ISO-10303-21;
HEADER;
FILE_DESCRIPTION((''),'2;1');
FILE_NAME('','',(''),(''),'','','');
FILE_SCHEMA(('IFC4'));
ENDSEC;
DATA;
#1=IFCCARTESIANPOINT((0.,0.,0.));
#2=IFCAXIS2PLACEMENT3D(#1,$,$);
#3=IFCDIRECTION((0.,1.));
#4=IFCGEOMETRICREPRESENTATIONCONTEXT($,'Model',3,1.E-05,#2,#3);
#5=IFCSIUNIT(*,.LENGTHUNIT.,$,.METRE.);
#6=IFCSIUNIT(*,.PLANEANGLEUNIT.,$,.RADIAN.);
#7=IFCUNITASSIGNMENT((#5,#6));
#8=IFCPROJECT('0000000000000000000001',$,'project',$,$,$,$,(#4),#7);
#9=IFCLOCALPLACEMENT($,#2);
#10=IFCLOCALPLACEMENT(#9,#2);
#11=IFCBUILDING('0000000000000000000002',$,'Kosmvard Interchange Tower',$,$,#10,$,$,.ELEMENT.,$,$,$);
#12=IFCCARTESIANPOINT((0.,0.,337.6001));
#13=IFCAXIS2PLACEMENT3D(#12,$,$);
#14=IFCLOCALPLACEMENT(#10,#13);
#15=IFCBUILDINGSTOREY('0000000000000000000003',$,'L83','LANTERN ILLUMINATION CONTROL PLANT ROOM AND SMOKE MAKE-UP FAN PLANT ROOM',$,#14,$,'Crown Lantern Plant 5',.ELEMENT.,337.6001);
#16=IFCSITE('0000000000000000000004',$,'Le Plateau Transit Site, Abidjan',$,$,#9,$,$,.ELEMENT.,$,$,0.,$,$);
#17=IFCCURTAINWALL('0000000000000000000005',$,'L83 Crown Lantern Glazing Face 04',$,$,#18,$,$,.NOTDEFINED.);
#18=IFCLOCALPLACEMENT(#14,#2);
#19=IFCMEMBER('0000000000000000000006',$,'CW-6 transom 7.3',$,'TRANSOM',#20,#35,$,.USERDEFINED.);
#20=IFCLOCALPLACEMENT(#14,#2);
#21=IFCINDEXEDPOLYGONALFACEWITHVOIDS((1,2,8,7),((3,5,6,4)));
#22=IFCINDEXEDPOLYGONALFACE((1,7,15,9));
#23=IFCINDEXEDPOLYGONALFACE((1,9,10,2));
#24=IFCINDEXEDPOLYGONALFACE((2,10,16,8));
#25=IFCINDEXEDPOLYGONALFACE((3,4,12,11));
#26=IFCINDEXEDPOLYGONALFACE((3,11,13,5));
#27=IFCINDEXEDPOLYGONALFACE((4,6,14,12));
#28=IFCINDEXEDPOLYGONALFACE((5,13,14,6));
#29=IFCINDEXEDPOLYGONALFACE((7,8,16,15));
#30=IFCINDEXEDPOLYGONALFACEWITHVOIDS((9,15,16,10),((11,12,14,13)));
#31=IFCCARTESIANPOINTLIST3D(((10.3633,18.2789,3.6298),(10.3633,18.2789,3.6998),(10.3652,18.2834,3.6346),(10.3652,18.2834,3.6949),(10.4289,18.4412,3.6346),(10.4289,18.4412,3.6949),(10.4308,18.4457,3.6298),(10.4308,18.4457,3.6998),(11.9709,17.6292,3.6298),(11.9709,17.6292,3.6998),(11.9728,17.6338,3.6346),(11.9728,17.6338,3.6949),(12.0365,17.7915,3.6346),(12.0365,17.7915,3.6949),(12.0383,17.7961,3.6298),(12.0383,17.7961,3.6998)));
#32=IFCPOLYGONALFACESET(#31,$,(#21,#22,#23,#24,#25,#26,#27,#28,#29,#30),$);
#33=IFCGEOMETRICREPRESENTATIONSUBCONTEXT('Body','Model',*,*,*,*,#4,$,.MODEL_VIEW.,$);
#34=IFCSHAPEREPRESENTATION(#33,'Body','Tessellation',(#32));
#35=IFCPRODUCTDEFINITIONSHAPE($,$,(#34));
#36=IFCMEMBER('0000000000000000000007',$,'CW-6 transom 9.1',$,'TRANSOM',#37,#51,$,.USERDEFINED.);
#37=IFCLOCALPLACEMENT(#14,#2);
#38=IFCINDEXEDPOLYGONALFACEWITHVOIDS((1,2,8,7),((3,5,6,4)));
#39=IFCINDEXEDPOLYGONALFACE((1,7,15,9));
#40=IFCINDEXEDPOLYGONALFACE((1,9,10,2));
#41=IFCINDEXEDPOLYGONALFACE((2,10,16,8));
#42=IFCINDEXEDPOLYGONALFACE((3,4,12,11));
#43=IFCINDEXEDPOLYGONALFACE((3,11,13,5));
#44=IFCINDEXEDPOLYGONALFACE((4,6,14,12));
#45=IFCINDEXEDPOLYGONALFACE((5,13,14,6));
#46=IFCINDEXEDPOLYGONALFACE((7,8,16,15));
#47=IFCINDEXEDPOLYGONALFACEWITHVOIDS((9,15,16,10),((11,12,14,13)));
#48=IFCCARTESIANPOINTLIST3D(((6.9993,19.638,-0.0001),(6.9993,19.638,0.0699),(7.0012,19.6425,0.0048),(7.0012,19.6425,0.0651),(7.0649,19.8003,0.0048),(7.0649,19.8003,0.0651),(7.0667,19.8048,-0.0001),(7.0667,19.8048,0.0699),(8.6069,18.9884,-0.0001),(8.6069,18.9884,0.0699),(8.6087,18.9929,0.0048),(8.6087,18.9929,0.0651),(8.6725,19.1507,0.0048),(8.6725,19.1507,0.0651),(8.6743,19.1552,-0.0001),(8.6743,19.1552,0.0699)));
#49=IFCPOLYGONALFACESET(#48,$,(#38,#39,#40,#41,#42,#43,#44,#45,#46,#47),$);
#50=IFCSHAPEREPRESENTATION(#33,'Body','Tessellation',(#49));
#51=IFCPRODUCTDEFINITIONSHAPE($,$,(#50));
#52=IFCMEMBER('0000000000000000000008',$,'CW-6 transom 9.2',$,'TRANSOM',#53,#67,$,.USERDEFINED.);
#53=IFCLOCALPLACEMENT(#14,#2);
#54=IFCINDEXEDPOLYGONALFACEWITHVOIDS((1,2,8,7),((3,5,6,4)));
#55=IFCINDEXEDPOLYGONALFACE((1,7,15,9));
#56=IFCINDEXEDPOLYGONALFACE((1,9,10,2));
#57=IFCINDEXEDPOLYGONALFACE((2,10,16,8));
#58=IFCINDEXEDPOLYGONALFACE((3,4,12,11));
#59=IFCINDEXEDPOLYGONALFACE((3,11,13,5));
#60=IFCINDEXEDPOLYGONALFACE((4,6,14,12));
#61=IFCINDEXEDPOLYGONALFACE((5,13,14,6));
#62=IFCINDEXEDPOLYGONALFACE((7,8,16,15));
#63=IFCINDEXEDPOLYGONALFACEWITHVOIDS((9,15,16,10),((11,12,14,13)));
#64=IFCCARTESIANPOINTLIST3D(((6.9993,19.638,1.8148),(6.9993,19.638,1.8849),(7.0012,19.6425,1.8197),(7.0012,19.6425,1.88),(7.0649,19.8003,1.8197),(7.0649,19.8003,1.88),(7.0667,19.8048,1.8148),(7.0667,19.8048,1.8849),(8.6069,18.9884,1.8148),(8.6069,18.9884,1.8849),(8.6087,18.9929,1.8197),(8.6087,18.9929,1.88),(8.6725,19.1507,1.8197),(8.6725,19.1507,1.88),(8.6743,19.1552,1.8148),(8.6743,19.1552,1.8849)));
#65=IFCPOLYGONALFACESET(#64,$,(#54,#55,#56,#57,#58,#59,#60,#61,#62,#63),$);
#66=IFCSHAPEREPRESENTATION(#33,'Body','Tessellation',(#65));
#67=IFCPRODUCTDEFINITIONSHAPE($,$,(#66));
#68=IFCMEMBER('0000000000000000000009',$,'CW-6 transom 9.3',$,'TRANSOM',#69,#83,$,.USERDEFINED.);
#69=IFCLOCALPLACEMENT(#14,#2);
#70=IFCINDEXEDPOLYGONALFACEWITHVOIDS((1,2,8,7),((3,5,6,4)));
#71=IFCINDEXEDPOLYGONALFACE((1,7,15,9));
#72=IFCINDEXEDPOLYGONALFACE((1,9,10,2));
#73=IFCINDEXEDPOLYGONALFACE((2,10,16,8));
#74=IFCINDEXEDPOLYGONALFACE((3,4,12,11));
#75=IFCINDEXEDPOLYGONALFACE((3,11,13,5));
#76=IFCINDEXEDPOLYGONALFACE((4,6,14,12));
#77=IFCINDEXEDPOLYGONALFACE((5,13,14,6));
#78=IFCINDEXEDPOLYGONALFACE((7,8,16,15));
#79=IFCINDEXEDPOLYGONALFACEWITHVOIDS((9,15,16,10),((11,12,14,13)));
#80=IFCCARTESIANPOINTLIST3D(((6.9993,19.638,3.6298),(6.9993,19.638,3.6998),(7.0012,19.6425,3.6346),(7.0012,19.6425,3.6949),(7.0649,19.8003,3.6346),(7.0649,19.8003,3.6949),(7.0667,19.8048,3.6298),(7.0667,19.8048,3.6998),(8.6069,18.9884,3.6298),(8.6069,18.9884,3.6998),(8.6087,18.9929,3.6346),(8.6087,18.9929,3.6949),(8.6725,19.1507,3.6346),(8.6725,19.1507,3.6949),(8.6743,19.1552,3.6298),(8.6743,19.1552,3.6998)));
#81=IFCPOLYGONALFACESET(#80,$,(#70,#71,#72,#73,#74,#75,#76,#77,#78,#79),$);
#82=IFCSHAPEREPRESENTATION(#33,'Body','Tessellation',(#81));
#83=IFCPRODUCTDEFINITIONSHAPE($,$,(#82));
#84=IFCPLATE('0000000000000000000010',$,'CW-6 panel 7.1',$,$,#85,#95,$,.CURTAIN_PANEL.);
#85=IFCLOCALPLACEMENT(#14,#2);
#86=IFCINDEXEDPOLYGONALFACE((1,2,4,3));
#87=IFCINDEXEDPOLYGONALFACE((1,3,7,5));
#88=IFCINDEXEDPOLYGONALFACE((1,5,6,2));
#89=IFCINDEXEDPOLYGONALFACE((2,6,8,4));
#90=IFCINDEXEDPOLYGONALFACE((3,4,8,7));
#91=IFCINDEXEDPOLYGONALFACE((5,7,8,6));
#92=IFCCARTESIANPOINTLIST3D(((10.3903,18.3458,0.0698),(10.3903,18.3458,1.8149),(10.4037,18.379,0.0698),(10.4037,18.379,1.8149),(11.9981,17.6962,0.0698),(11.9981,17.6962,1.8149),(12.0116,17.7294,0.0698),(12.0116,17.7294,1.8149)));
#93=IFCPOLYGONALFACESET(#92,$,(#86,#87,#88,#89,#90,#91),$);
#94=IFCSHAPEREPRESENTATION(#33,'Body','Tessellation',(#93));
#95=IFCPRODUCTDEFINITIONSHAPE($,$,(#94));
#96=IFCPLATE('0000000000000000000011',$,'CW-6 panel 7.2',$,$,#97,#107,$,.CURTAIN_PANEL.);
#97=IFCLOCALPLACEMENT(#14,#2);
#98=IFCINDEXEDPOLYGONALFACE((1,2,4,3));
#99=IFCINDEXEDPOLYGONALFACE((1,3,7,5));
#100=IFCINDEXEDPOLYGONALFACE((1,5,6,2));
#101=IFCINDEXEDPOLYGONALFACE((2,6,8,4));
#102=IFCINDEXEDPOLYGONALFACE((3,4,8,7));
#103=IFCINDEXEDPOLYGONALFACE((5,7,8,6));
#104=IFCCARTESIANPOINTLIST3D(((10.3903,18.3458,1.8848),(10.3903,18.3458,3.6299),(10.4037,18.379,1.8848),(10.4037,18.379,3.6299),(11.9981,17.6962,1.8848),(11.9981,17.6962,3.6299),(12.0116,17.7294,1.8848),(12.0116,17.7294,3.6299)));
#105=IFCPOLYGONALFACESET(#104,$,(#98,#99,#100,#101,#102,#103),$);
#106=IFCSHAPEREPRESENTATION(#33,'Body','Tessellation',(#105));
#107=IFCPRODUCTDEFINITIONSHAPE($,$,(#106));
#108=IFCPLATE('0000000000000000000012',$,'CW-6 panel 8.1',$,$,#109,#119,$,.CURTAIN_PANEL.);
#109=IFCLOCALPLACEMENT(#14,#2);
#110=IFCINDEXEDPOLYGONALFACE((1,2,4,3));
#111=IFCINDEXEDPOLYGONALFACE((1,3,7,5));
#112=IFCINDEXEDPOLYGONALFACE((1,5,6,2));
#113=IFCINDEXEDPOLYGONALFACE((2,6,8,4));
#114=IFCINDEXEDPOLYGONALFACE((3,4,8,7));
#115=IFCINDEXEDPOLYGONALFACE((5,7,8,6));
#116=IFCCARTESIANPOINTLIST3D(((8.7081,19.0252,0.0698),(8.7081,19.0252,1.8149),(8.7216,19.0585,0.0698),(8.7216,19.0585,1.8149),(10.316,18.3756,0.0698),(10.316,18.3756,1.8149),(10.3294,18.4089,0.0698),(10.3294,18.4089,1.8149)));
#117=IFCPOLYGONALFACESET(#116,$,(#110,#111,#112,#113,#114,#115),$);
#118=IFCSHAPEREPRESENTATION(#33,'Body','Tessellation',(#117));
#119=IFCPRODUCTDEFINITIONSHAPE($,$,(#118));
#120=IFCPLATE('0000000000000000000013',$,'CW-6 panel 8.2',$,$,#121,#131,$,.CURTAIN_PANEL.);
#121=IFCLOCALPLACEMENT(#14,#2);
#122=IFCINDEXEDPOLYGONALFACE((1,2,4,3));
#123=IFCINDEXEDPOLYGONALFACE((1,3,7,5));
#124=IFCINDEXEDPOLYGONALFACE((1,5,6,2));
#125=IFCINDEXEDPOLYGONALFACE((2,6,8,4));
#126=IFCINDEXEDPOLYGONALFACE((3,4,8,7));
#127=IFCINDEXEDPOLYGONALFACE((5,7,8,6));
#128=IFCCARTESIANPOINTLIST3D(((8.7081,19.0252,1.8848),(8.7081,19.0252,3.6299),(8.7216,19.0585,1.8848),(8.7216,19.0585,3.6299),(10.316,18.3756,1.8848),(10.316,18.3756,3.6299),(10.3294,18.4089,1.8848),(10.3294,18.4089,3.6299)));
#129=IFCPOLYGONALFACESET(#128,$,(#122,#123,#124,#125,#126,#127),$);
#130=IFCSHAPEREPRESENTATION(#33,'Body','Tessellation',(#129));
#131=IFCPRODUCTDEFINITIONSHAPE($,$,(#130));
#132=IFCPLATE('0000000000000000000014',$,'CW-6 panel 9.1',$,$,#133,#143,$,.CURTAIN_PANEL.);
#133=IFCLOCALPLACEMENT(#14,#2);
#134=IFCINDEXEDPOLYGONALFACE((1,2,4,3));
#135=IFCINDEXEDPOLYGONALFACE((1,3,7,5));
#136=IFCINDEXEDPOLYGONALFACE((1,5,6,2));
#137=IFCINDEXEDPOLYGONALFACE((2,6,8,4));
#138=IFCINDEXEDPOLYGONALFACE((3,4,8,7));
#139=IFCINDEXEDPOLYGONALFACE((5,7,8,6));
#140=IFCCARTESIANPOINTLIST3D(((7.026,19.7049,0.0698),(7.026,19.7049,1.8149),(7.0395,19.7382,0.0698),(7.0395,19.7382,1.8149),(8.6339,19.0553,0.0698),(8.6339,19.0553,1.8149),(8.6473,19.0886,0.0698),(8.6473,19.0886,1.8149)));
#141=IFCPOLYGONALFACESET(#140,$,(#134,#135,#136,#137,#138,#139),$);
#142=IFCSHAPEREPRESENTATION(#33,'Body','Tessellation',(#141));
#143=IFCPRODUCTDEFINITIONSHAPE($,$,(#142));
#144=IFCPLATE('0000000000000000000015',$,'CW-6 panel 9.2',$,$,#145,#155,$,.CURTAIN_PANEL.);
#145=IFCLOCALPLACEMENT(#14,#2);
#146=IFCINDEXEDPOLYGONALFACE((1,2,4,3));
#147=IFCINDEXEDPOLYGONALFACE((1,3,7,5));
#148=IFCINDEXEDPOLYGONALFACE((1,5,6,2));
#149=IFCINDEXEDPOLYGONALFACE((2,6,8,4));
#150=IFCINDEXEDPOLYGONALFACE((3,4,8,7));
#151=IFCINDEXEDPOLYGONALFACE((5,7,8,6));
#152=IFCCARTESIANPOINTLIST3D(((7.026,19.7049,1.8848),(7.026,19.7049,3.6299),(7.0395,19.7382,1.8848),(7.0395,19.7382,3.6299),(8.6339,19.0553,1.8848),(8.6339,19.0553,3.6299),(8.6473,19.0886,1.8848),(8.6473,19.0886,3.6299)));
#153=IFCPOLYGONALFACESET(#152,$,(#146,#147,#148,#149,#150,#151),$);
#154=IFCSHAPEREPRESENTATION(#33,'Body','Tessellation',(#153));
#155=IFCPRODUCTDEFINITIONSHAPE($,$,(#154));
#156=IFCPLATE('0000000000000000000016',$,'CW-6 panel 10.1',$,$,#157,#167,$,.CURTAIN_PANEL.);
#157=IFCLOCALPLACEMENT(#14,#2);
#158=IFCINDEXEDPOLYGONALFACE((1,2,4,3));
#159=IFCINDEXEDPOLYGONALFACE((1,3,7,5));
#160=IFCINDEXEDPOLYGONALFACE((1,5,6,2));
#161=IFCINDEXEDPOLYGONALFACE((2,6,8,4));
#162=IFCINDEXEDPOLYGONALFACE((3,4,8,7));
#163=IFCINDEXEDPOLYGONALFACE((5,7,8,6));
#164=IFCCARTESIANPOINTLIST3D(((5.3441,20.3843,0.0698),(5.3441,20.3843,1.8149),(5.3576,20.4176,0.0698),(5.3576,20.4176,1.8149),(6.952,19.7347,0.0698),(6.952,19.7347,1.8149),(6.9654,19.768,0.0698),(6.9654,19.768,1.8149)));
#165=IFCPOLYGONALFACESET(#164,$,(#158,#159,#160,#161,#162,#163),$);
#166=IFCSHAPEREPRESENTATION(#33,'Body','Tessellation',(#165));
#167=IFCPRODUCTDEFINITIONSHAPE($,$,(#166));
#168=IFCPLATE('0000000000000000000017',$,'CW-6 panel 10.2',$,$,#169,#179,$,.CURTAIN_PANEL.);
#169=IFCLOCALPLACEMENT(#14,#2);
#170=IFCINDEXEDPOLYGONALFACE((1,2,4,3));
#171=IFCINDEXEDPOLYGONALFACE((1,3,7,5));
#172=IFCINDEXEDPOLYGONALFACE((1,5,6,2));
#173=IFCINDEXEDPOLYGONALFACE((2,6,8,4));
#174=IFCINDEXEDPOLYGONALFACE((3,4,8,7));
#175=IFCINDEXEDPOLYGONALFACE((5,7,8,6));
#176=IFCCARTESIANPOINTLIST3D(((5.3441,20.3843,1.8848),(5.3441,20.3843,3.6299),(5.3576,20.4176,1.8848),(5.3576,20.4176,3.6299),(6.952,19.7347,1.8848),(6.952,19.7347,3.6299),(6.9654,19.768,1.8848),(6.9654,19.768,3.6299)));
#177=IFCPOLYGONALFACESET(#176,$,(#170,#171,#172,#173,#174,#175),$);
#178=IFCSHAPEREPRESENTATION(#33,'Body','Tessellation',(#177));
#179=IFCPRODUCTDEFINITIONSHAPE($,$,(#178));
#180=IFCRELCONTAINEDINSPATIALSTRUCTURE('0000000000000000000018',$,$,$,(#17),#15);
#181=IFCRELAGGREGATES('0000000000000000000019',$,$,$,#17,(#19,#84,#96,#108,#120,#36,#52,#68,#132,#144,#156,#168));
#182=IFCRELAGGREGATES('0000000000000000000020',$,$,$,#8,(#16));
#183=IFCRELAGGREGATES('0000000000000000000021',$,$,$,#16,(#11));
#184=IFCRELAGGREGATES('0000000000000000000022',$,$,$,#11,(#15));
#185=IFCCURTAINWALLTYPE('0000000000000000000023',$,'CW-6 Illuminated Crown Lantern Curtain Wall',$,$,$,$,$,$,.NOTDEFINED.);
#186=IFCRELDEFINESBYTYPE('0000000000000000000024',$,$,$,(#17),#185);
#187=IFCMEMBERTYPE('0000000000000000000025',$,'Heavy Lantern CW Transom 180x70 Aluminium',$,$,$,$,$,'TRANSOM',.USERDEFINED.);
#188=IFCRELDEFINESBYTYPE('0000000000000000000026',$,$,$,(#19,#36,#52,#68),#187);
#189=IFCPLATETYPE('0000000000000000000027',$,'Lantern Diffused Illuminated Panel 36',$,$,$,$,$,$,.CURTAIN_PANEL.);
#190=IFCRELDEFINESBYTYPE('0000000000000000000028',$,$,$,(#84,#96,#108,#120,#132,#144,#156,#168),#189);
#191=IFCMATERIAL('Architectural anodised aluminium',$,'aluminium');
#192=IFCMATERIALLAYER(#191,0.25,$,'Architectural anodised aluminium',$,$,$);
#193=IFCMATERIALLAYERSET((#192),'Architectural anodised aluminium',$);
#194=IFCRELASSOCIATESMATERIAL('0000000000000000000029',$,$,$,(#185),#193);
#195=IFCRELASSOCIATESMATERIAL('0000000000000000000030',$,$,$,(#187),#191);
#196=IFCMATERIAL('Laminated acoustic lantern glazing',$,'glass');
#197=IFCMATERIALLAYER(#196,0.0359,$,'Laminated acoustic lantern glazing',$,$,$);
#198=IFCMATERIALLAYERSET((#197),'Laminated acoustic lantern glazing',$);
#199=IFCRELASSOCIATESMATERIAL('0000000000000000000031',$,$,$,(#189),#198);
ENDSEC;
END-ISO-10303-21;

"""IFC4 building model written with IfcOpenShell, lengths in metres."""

from ifc_helpers import new_model, si_unit, direction, frame, origin, origin_2d, place, context, subcontext, project, spatial, rectangle, hollow_rectangle, extrude, source, transform, mapped, material, layer, layer_set, material_profile, profile_set, type_object, element, aggregate, save


model = new_model("IFC4")

# Units and contexts
model_context = context("Model", 3, precision=1e-05, world=origin(), true_north=direction((0.0, 1.0)))
body_context = subcontext(model_context, "Body", "Model", "MODEL_VIEW")
ifc_project = project(units=[si_unit("LENGTHUNIT", "METRE"), si_unit("PLANEANGLEUNIT", "RADIAN")], contexts=[model_context])

# Site, building, storey
site_placement = place(None, origin())
site = spatial("IfcSite", under=ifc_project, at=site_placement, Name="Le Plateau Transit Site, Abidjan", CompositionType="ELEMENT", RefElevation=0.0)
building_placement = place(site_placement, origin())
building = spatial("IfcBuilding", under=site, at=building_placement, Name="Kosmvard Interchange Tower", CompositionType="ELEMENT")
storey_placement = place(building_placement, frame((0.0, 0.0, 337.6001)))
storey = spatial("IfcBuildingStorey", under=building, at=storey_placement, Name="L83", Description="LANTERN ILLUMINATION CONTROL PLANT ROOM AND SMOKE MAKE-UP FAN PLANT ROOM", LongName="Crown Lantern Plant 5", CompositionType="ELEMENT", Elevation=337.6001)

# Curtain wall, members, plates
ifc_material_1 = material(Name="Architectural anodised aluminium", Category="aluminium")
ifc_layer_1 = layer(ifc_material_1, 0.25, Name="Architectural anodised aluminium")
ifc_layer_set_1 = layer_set([ifc_layer_1], Name="Architectural anodised aluminium")
curtain_wall_type = type_object("IfcCurtainWallType", Name="CW-6 Illuminated Crown Lantern Curtain Wall", PredefinedType="NOTDEFINED", material=ifc_layer_set_1)
curtain_wall_placement = place(storey_placement, origin())
curtain_wall = element("IfcCurtainWall", 1, at=curtain_wall_placement, inside=storey, type_object=curtain_wall_type, Name="L83 Crown Lantern Glazing Face 04", PredefinedType="NOTDEFINED")
ifc_material_profile_1 = material_profile(ifc_material_1, hollow_rectangle(XDim=0.1799, YDim=0.0701, WallThickness=0.0049, at=origin_2d()), Name="CWT 180x70x5")
ifc_profile_set_1 = profile_set([ifc_material_profile_1], Name="Architectural anodised aluminium")
member_type_1 = type_object("IfcMemberType", Name="Heavy Lantern CW Transom 180x70 Aluminium", ElementType="TRANSOM", PredefinedType="USERDEFINED", material=ifc_profile_set_1)
shared_shape_1 = source(origin(), body_context, "Body", "SweptSolid", [
    extrude(hollow_rectangle(XDim=0.1799, YDim=0.0701, WallThickness=0.0049, at=origin_2d()), origin(), (0.0, 0.0, 1.0), 1.7339),
])
member_1_placement = place(storey_placement, frame((12.0046, 17.7126, 3.6648), z_axis=(-0.92716, 0.374666, 0.0), x_axis=(-0.374666, -0.92716, 0.0)))
member_1 = element("IfcMember", 2, at=member_1_placement, type_object=member_type_1, Name="CW-6 transom 7.3", ObjectType="TRANSOM", PredefinedType="USERDEFINED", context=body_context, shape_type="MappedRepresentation", body=[
    mapped(shared_shape_1, transform((0.0, 0.0, 0.0), scale=1.0)),
])
member_2_placement = place(storey_placement, frame((8.6406, 19.0718, 0.0349), z_axis=(-0.92716, 0.374666, 0.0), x_axis=(-0.374666, -0.92716, 0.0)))
member_2 = element("IfcMember", 3, at=member_2_placement, type_object=member_type_1, Name="CW-6 transom 9.1", ObjectType="TRANSOM", PredefinedType="USERDEFINED", context=body_context, shape_type="MappedRepresentation", body=[
    mapped(shared_shape_1, transform((0.0, 0.0, 0.0), scale=1.0)),
])
member_3_placement = place(storey_placement, frame((8.6406, 19.0718, 1.8499), z_axis=(-0.92716, 0.374666, 0.0), x_axis=(-0.374666, -0.92716, 0.0)))
member_3 = element("IfcMember", 4, at=member_3_placement, type_object=member_type_1, Name="CW-6 transom 9.2", ObjectType="TRANSOM", PredefinedType="USERDEFINED", context=body_context, shape_type="MappedRepresentation", body=[
    mapped(shared_shape_1, transform((0.0, 0.0, 0.0), scale=1.0)),
])
member_4_placement = place(storey_placement, frame((8.6406, 19.0718, 3.6648), z_axis=(-0.92716, 0.374666, 0.0), x_axis=(-0.374666, -0.92716, 0.0)))
member_4 = element("IfcMember", 5, at=member_4_placement, type_object=member_type_1, Name="CW-6 transom 9.3", ObjectType="TRANSOM", PredefinedType="USERDEFINED", context=body_context, shape_type="MappedRepresentation", body=[
    mapped(shared_shape_1, transform((0.0, 0.0, 0.0), scale=1.0)),
])
ifc_material_2 = material(Name="Laminated acoustic lantern glazing", Category="glass")
ifc_layer_2 = layer(ifc_material_2, 0.0359, Name="Laminated acoustic lantern glazing")
ifc_layer_set_2 = layer_set([ifc_layer_2], Name="Laminated acoustic lantern glazing")
plate_type = type_object("IfcPlateType", Name="Lantern Diffused Illuminated Panel 36", PredefinedType="CURTAIN_PANEL", material=ifc_layer_set_2)
shared_shape_2 = source(origin(), body_context, "Body", "SweptSolid", [
    extrude(rectangle(XDim=1.7341, YDim=0.0359, at=origin_2d()), origin(), (0.0, 0.0, 1.0), 1.7451),
])
plate_1_placement = place(storey_placement, frame((11.2009, 18.0376, 0.0698), z_axis=(0.0, 0.0, 1.0), x_axis=(-0.927184, 0.374607, 0.0)))
plate_1 = element("IfcPlate", 6, at=plate_1_placement, type_object=plate_type, Name="CW-6 panel 7.1", PredefinedType="CURTAIN_PANEL", context=body_context, shape_type="MappedRepresentation", body=[
    mapped(shared_shape_2, transform((0.0, 0.0, 0.0), scale=1.0)),
])
plate_2_placement = place(storey_placement, frame((11.2009, 18.0376, 1.8848), z_axis=(0.0, 0.0, 1.0), x_axis=(-0.927184, 0.374607, 0.0)))
plate_2 = element("IfcPlate", 7, at=plate_2_placement, type_object=plate_type, Name="CW-6 panel 7.2", PredefinedType="CURTAIN_PANEL", context=body_context, shape_type="MappedRepresentation", body=[
    mapped(shared_shape_2, transform((0.0, 0.0, 0.0), scale=1.0)),
])
plate_3_placement = place(storey_placement, frame((9.5188, 18.717, 0.0698), z_axis=(0.0, 0.0, 1.0), x_axis=(-0.927184, 0.374607, 0.0)))
plate_3 = element("IfcPlate", 8, at=plate_3_placement, type_object=plate_type, Name="CW-6 panel 8.1", PredefinedType="CURTAIN_PANEL", context=body_context, shape_type="MappedRepresentation", body=[
    mapped(shared_shape_2, transform((0.0, 0.0, 0.0), scale=1.0)),
])
plate_4_placement = place(storey_placement, frame((9.5188, 18.717, 1.8848), z_axis=(0.0, 0.0, 1.0), x_axis=(-0.927184, 0.374607, 0.0)))
plate_4 = element("IfcPlate", 9, at=plate_4_placement, type_object=plate_type, Name="CW-6 panel 8.2", PredefinedType="CURTAIN_PANEL", context=body_context, shape_type="MappedRepresentation", body=[
    mapped(shared_shape_2, transform((0.0, 0.0, 0.0), scale=1.0)),
])
plate_5_placement = place(storey_placement, frame((7.8367, 19.3967, 0.0698), z_axis=(0.0, 0.0, 1.0), x_axis=(-0.927184, 0.374607, 0.0)))
plate_5 = element("IfcPlate", 10, at=plate_5_placement, type_object=plate_type, Name="CW-6 panel 9.1", PredefinedType="CURTAIN_PANEL", context=body_context, shape_type="MappedRepresentation", body=[
    mapped(shared_shape_2, transform((0.0, 0.0, 0.0), scale=1.0)),
])
plate_6_placement = place(storey_placement, frame((7.8367, 19.3967, 1.8848), z_axis=(0.0, 0.0, 1.0), x_axis=(-0.927184, 0.374607, 0.0)))
plate_6 = element("IfcPlate", 11, at=plate_6_placement, type_object=plate_type, Name="CW-6 panel 9.2", PredefinedType="CURTAIN_PANEL", context=body_context, shape_type="MappedRepresentation", body=[
    mapped(shared_shape_2, transform((0.0, 0.0, 0.0), scale=1.0)),
])
plate_7_placement = place(storey_placement, frame((6.1548, 20.0762, 0.0698), z_axis=(0.0, 0.0, 1.0), x_axis=(-0.927184, 0.374607, 0.0)))
plate_7 = element("IfcPlate", 12, at=plate_7_placement, type_object=plate_type, Name="CW-6 panel 10.1", PredefinedType="CURTAIN_PANEL", context=body_context, shape_type="MappedRepresentation", body=[
    mapped(shared_shape_2, transform((0.0, 0.0, 0.0), scale=1.0)),
])
plate_8_placement = place(storey_placement, frame((6.1548, 20.0762, 1.8848), z_axis=(0.0, 0.0, 1.0), x_axis=(-0.927184, 0.374607, 0.0)))
plate_8 = element("IfcPlate", 13, at=plate_8_placement, type_object=plate_type, Name="CW-6 panel 10.2", PredefinedType="CURTAIN_PANEL", context=body_context, shape_type="MappedRepresentation", body=[
    mapped(shared_shape_2, transform((0.0, 0.0, 0.0), scale=1.0)),
])
aggregate(curtain_wall, [member_1, plate_1, plate_2, plate_3, plate_4, member_2, member_3, member_4, plate_5, plate_6, plate_7, plate_8])

save(model, "model.ifc")
